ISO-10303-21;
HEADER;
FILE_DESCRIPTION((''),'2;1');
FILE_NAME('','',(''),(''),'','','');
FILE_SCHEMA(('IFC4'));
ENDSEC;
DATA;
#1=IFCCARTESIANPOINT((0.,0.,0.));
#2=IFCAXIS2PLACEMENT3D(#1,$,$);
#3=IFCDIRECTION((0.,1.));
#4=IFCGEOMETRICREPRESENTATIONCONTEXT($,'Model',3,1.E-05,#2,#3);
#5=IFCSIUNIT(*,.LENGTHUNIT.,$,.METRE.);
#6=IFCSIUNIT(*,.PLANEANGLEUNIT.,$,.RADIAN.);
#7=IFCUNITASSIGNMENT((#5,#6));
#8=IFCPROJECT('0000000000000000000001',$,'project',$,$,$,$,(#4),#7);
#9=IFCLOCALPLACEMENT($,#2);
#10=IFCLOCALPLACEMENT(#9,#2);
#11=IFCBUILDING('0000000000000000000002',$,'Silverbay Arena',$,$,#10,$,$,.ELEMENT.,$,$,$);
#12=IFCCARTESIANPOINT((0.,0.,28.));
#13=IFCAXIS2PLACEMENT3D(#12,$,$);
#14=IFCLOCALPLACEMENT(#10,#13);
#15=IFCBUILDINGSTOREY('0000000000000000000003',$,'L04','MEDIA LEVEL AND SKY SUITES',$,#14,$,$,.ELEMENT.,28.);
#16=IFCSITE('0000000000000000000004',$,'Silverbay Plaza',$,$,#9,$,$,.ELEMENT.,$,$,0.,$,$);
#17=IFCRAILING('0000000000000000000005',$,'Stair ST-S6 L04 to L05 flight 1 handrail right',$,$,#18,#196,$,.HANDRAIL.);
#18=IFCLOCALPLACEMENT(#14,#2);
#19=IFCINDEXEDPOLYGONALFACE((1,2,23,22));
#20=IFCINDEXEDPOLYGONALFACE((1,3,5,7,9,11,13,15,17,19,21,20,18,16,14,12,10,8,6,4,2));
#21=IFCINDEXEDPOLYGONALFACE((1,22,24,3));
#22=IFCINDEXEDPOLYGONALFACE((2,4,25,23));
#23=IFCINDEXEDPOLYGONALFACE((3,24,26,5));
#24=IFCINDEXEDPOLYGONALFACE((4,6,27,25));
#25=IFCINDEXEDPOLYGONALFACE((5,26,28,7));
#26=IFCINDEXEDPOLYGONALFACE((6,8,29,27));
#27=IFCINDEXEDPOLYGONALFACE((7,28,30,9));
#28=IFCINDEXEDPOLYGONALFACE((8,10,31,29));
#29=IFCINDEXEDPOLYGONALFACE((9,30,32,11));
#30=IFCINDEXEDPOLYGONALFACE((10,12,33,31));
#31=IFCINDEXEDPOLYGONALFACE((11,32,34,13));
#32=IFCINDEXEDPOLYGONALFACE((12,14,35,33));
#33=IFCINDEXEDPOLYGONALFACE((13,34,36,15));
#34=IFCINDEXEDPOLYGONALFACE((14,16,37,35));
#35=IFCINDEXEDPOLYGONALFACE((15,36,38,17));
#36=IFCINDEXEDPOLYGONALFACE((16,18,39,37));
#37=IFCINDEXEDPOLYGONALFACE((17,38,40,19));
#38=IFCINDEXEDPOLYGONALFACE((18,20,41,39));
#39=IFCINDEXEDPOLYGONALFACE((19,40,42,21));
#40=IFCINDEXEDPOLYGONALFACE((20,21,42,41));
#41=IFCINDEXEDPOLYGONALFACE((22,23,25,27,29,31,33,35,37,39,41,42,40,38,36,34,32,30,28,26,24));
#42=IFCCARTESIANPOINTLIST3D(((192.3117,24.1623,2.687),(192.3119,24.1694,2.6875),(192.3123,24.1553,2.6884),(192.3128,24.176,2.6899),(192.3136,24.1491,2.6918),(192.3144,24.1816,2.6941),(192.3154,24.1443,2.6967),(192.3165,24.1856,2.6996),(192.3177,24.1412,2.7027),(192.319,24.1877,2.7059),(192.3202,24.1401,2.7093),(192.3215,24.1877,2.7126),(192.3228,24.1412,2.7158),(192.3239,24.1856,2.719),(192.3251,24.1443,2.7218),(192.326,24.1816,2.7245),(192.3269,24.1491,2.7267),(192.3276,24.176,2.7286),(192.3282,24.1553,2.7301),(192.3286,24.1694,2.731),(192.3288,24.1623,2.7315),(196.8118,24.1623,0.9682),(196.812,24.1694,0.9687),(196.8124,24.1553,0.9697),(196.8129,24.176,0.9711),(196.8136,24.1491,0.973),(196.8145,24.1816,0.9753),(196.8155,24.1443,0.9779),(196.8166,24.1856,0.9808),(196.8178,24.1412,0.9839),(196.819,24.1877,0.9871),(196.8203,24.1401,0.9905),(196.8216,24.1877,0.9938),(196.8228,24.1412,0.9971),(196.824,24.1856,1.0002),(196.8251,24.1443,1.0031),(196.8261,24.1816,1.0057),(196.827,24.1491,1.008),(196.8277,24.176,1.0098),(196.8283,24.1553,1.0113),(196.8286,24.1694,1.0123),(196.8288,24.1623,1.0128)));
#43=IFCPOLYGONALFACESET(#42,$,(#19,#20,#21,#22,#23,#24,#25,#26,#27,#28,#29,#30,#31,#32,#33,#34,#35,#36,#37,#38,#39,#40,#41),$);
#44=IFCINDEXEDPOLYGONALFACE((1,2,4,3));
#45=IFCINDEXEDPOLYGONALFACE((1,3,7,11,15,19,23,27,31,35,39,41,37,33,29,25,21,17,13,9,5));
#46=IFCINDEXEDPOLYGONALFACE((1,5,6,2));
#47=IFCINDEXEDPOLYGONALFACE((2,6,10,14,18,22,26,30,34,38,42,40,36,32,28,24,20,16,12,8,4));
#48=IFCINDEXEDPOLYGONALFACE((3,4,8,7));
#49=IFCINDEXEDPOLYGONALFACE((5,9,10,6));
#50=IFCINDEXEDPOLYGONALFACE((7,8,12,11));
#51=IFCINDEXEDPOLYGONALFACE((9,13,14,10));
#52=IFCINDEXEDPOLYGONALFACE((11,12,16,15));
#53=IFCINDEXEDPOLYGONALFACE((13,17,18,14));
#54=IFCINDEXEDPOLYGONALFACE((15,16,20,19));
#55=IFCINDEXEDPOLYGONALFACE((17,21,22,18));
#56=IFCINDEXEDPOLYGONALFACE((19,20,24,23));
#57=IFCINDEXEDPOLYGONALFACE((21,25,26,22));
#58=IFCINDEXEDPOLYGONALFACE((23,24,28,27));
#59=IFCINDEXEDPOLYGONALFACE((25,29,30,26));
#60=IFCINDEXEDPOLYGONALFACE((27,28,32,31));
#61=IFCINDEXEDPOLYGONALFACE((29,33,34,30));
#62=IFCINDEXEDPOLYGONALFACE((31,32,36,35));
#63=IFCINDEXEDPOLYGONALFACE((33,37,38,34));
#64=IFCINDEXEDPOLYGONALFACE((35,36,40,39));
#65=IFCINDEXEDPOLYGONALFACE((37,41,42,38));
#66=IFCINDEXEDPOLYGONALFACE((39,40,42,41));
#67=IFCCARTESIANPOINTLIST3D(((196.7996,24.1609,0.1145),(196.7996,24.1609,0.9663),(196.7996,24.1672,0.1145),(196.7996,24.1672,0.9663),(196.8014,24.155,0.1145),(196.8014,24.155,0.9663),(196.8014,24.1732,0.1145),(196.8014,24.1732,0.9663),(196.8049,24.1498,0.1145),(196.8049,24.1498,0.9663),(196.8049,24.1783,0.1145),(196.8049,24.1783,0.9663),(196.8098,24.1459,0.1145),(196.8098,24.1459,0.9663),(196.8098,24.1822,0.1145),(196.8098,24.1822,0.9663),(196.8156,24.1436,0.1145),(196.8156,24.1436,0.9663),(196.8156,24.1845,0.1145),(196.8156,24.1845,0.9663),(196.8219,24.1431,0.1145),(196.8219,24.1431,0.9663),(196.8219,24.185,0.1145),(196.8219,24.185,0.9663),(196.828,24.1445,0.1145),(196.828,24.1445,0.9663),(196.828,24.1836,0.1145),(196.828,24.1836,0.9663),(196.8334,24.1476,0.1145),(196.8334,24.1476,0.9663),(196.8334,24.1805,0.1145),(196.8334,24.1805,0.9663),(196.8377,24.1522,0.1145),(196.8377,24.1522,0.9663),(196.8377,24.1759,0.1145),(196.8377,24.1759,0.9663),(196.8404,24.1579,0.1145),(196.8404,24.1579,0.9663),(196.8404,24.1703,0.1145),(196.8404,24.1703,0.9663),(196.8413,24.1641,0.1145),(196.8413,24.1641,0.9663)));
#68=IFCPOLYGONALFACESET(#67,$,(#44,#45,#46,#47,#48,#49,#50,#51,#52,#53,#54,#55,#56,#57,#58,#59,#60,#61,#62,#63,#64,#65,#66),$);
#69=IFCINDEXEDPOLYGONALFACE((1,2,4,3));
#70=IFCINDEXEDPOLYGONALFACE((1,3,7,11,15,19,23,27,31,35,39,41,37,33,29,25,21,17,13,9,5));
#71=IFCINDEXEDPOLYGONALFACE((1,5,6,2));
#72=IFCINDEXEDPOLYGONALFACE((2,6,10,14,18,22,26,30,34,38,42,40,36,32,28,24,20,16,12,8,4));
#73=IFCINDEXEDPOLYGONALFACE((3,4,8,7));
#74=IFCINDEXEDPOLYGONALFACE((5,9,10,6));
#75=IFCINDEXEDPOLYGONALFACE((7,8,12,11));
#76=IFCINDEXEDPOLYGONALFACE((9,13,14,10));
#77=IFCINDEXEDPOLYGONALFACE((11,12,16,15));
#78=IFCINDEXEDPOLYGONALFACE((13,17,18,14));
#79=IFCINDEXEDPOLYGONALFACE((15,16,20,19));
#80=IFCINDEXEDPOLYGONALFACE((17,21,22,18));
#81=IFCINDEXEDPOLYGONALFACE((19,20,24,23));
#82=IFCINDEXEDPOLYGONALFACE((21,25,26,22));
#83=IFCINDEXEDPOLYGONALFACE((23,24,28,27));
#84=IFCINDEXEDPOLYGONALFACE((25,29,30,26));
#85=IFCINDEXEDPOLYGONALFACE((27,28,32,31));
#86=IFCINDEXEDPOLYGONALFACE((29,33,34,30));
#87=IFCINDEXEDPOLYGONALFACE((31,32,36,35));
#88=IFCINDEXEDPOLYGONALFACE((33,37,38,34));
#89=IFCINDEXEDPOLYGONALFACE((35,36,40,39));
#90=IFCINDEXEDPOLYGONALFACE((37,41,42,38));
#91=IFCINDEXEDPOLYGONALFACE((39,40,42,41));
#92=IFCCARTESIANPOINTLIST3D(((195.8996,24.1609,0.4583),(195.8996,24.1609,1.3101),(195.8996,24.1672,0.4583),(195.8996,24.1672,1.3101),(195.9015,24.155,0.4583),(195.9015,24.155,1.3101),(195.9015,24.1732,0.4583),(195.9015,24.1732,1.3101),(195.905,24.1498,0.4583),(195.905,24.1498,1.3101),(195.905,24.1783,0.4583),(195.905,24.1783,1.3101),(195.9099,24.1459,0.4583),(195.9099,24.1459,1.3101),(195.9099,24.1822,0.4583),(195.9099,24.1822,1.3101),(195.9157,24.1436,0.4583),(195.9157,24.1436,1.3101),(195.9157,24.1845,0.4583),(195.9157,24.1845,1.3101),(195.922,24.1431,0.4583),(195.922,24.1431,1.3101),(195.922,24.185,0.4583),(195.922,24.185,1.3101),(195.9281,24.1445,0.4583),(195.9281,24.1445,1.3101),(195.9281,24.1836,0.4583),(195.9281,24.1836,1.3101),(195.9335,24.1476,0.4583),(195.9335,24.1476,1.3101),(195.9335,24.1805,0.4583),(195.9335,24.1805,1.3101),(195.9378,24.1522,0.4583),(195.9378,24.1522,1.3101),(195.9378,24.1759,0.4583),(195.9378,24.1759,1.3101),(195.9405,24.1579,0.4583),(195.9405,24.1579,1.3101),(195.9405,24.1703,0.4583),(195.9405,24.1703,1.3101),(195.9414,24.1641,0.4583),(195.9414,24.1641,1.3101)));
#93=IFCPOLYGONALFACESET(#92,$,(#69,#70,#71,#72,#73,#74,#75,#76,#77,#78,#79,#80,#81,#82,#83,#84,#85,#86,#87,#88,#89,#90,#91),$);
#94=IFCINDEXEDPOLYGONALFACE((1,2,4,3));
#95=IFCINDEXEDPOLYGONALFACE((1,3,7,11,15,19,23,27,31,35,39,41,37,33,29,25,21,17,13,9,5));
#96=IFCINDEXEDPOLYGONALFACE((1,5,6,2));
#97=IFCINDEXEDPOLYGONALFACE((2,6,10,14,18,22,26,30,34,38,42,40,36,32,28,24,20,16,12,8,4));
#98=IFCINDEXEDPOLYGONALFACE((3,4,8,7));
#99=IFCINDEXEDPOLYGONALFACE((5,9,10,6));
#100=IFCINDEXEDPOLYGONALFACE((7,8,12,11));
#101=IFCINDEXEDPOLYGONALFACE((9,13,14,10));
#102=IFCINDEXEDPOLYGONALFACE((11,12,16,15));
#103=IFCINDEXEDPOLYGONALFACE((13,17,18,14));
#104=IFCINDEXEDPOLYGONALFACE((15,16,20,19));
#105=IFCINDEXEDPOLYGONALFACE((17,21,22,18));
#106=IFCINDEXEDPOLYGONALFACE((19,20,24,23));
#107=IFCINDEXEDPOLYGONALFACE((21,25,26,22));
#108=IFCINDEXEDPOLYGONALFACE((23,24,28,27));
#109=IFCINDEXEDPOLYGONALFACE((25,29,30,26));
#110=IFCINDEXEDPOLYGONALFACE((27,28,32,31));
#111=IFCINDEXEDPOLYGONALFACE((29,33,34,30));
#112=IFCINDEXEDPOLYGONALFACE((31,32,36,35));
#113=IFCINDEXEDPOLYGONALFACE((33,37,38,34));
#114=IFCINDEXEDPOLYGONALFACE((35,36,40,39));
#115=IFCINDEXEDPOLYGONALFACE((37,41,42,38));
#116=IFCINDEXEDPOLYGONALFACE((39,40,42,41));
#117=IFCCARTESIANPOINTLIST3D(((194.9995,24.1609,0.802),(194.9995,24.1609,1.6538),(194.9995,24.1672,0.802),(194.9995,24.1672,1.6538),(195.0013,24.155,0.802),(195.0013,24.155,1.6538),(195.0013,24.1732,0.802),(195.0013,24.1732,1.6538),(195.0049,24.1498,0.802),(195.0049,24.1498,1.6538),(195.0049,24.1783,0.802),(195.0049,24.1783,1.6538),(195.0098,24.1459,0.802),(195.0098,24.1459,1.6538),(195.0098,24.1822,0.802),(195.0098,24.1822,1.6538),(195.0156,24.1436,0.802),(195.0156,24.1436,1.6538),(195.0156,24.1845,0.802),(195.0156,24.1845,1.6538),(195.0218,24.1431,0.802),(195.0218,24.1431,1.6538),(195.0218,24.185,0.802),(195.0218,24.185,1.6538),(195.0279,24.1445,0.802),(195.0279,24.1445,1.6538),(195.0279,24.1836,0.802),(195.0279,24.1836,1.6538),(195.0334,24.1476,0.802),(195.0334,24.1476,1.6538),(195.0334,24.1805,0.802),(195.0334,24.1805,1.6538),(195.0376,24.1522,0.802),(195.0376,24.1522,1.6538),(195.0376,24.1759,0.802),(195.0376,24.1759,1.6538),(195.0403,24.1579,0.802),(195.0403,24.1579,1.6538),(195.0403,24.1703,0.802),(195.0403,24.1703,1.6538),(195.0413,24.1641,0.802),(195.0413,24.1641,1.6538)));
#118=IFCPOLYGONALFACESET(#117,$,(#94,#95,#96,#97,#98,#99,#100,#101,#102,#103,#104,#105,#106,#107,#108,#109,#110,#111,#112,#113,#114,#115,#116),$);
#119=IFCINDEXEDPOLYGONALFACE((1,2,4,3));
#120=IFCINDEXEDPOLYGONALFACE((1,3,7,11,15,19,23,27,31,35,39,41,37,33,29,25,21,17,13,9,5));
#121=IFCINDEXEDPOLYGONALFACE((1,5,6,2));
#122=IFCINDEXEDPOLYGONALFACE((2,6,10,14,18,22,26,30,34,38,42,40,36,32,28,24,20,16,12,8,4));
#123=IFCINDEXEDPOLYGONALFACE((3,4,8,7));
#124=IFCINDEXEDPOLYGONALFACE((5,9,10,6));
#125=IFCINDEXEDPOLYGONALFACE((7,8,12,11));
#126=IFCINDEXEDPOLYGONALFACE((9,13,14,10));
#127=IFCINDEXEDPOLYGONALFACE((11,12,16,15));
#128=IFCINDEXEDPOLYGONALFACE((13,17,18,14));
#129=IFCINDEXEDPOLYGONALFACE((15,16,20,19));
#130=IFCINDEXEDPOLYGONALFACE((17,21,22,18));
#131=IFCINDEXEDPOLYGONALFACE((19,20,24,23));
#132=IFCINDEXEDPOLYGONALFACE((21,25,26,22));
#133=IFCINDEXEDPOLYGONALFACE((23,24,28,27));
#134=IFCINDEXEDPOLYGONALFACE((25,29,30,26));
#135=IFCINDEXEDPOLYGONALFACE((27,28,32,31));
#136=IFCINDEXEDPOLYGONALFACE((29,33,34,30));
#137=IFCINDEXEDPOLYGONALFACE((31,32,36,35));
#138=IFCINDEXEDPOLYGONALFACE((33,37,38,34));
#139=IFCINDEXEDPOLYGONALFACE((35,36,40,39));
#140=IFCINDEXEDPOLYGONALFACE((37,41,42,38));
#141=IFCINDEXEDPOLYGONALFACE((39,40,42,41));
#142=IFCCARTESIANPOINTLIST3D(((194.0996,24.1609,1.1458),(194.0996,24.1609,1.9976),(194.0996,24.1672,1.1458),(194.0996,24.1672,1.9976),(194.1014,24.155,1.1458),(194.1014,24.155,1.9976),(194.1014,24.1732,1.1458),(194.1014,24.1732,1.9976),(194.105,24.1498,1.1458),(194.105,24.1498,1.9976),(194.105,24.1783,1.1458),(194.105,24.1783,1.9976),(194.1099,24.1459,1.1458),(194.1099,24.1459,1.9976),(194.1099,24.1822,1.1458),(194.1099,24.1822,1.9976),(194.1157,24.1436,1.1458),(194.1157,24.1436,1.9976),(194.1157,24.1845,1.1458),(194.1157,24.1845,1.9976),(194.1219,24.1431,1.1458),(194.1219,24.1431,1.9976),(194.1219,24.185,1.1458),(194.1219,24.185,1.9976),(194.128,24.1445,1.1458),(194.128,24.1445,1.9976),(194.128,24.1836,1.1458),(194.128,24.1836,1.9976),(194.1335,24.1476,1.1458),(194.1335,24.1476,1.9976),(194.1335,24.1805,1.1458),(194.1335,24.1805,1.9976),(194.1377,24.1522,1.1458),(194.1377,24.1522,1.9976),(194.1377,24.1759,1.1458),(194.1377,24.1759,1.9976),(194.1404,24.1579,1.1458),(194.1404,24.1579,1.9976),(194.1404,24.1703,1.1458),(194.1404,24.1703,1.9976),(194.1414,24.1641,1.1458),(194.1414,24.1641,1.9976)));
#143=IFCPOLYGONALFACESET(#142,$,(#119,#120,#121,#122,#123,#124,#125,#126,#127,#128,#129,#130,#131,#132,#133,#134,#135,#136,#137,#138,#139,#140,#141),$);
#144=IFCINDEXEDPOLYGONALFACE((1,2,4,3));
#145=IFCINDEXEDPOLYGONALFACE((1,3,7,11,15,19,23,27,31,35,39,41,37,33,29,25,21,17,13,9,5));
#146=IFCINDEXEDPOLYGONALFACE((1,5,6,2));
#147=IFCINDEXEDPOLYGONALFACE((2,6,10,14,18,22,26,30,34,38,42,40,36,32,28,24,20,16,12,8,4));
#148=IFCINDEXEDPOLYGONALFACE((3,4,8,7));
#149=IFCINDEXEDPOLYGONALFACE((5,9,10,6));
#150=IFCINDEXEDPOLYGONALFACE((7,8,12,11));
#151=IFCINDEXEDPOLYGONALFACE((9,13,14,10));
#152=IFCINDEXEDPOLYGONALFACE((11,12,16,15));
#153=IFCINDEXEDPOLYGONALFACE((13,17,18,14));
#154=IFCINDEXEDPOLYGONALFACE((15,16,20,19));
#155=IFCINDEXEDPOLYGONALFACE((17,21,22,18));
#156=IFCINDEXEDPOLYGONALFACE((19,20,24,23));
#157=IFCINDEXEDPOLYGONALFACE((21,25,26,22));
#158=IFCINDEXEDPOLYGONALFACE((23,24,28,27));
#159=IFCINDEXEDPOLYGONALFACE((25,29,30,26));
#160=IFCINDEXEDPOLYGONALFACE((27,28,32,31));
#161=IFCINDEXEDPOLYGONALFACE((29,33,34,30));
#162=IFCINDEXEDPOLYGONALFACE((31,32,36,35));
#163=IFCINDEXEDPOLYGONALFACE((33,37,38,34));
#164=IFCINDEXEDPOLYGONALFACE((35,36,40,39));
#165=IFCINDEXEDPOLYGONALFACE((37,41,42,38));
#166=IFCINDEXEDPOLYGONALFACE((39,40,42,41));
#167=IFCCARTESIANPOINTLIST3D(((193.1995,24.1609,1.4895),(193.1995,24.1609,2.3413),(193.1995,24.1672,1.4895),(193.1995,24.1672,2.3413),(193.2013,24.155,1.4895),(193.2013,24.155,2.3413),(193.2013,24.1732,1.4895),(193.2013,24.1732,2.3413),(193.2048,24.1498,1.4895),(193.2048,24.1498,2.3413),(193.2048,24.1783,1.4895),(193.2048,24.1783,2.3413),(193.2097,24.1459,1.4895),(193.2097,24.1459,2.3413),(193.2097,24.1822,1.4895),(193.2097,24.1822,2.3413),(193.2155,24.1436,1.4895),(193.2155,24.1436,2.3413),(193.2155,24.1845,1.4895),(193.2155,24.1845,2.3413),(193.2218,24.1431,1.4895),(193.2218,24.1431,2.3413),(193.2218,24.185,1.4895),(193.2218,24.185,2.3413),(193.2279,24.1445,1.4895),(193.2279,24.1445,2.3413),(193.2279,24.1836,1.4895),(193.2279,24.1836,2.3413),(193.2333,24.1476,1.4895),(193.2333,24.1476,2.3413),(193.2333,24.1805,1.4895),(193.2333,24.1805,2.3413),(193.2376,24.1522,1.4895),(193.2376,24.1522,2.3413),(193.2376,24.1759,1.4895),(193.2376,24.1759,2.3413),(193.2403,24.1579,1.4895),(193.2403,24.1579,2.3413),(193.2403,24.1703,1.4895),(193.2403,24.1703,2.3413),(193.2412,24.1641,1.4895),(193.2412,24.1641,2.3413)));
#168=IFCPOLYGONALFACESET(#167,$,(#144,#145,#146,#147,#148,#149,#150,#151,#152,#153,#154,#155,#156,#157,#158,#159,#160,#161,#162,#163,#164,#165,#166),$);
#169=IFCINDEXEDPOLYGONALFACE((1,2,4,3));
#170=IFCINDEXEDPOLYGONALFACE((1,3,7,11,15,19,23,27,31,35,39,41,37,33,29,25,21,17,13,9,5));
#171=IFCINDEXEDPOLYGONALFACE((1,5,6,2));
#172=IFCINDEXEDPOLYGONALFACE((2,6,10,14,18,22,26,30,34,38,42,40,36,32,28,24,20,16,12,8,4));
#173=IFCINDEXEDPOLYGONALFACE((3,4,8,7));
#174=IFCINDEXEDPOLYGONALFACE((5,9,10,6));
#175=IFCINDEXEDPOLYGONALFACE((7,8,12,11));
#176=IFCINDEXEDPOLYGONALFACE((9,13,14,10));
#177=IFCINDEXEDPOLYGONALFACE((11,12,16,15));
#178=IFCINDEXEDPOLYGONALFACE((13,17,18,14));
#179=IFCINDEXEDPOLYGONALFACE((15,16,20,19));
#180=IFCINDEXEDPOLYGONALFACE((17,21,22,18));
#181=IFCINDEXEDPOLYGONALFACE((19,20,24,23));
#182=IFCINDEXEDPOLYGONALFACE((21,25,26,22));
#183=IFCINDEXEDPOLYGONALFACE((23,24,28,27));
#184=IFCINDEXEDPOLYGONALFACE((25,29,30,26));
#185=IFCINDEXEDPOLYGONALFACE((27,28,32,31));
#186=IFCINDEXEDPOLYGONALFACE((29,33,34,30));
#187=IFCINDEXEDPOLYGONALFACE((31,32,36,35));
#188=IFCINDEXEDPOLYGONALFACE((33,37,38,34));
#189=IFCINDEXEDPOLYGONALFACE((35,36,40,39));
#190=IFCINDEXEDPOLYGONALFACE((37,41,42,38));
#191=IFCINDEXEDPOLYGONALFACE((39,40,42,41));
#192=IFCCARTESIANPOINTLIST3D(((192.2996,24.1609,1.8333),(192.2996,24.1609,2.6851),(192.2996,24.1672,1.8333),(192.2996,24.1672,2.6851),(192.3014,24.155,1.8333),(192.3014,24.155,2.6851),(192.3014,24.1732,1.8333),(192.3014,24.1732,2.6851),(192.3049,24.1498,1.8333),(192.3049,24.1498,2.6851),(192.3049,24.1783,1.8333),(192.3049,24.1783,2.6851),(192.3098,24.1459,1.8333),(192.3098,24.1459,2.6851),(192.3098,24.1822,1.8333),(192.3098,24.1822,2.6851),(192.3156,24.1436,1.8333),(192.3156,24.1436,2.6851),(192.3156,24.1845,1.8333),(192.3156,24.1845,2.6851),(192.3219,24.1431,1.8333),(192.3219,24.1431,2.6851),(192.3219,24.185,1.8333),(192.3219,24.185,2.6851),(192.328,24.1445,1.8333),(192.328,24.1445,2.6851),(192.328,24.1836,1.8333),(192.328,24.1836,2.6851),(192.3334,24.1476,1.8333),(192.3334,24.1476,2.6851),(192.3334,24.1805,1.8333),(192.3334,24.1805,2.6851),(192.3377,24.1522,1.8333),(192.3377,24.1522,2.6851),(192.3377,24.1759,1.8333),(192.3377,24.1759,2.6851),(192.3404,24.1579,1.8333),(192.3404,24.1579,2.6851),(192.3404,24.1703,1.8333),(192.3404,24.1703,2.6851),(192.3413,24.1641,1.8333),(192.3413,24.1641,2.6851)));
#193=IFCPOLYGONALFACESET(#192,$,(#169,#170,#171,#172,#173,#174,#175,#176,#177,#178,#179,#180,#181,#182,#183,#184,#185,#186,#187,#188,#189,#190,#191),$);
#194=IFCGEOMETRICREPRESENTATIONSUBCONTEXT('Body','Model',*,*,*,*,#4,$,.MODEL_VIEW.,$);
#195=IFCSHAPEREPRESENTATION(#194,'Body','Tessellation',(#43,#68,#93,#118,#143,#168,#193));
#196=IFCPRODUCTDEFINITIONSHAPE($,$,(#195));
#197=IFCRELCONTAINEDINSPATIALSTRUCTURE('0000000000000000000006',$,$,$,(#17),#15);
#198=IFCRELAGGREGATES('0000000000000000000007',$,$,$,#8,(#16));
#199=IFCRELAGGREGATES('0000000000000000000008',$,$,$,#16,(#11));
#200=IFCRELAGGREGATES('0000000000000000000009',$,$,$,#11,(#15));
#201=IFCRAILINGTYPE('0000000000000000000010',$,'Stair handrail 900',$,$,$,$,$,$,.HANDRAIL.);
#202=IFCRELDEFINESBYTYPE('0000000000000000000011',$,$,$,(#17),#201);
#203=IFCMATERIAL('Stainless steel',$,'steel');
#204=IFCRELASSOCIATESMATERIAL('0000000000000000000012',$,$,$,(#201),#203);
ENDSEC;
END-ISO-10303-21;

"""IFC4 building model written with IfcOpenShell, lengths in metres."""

from ifc_helpers import new_model, si_unit, direction, frame, origin, origin_2d, place, context, subcontext, project, spatial, circle, extrude, material, type_object, element, save


model = new_model("IFC4")

# Units and contexts
model_context = context("Model", 3, precision=1e-05, world=origin(), true_north=direction((0.0, 1.0)))
body_context = subcontext(model_context, "Body", "Model", "MODEL_VIEW")
ifc_project = project(units=[si_unit("LENGTHUNIT", "METRE"), si_unit("PLANEANGLEUNIT", "RADIAN")], contexts=[model_context])

# Site, building, storey
site_placement = place(None, origin())
site = spatial("IfcSite", under=ifc_project, at=site_placement, Name="Silverbay Plaza", CompositionType="ELEMENT", RefElevation=0.0)
building_placement = place(site_placement, origin())
building = spatial("IfcBuilding", under=site, at=building_placement, Name="Silverbay Arena", CompositionType="ELEMENT")
storey_placement = place(building_placement, frame((0.0, 0.0, 28.0)))
storey = spatial("IfcBuildingStorey", under=building, at=storey_placement, Name="L04", Description="MEDIA LEVEL AND SKY SUITES", CompositionType="ELEMENT", Elevation=28.0)

# Railing
ifc_material_1 = material(Name="Stainless steel", Category="steel")
railing_type_1 = type_object("IfcRailingType", Name="Stair handrail 900", PredefinedType="HANDRAIL", material=ifc_material_1)
for number, where, name in (
    (1, (196.8203, 24.1641, 0.1145), "Stair ST-S6 L04 to L05 flight 1 handrail right"),
):
    element("IfcRailing", number, at=place(storey_placement, frame(where)), inside=storey, type_object=railing_type_1, Name=name, PredefinedType="HANDRAIL", context=body_context, shape_type="SweptSolid", body=[
        extrude(circle(Radius=0.0239, at=origin_2d()), frame((0.0, 0.0, 0.876), z_axis=(-0.934179, 0.0, 0.356805), x_axis=(0.0, -1.0, 0.0)), (0.0, 0.0, 1.0), 4.8171),
        extrude(circle(Radius=0.021, at=origin_2d()), origin(), (0.0, 0.0, 1.0), 0.8518),
        extrude(circle(Radius=0.021, at=origin_2d()), frame((-0.8999, 0.0, 0.3438)), (0.0, 0.0, 1.0), 0.8518),
        extrude(circle(Radius=0.021, at=origin_2d()), frame((-1.8, 0.0, 0.6875)), (0.0, 0.0, 1.0), 0.8518),
        extrude(circle(Radius=0.021, at=origin_2d()), frame((-2.7, 0.0, 1.0312)), (0.0, 0.0, 1.0), 0.8518),
        extrude(circle(Radius=0.021, at=origin_2d()), frame((-3.6001, 0.0, 1.375)), (0.0, 0.0, 1.0), 0.8518),
        extrude(circle(Radius=0.021, at=origin_2d()), frame((-4.5, 0.0, 1.7188)), (0.0, 0.0, 1.0), 0.8518),
    ])

save(model, "model.ifc")
